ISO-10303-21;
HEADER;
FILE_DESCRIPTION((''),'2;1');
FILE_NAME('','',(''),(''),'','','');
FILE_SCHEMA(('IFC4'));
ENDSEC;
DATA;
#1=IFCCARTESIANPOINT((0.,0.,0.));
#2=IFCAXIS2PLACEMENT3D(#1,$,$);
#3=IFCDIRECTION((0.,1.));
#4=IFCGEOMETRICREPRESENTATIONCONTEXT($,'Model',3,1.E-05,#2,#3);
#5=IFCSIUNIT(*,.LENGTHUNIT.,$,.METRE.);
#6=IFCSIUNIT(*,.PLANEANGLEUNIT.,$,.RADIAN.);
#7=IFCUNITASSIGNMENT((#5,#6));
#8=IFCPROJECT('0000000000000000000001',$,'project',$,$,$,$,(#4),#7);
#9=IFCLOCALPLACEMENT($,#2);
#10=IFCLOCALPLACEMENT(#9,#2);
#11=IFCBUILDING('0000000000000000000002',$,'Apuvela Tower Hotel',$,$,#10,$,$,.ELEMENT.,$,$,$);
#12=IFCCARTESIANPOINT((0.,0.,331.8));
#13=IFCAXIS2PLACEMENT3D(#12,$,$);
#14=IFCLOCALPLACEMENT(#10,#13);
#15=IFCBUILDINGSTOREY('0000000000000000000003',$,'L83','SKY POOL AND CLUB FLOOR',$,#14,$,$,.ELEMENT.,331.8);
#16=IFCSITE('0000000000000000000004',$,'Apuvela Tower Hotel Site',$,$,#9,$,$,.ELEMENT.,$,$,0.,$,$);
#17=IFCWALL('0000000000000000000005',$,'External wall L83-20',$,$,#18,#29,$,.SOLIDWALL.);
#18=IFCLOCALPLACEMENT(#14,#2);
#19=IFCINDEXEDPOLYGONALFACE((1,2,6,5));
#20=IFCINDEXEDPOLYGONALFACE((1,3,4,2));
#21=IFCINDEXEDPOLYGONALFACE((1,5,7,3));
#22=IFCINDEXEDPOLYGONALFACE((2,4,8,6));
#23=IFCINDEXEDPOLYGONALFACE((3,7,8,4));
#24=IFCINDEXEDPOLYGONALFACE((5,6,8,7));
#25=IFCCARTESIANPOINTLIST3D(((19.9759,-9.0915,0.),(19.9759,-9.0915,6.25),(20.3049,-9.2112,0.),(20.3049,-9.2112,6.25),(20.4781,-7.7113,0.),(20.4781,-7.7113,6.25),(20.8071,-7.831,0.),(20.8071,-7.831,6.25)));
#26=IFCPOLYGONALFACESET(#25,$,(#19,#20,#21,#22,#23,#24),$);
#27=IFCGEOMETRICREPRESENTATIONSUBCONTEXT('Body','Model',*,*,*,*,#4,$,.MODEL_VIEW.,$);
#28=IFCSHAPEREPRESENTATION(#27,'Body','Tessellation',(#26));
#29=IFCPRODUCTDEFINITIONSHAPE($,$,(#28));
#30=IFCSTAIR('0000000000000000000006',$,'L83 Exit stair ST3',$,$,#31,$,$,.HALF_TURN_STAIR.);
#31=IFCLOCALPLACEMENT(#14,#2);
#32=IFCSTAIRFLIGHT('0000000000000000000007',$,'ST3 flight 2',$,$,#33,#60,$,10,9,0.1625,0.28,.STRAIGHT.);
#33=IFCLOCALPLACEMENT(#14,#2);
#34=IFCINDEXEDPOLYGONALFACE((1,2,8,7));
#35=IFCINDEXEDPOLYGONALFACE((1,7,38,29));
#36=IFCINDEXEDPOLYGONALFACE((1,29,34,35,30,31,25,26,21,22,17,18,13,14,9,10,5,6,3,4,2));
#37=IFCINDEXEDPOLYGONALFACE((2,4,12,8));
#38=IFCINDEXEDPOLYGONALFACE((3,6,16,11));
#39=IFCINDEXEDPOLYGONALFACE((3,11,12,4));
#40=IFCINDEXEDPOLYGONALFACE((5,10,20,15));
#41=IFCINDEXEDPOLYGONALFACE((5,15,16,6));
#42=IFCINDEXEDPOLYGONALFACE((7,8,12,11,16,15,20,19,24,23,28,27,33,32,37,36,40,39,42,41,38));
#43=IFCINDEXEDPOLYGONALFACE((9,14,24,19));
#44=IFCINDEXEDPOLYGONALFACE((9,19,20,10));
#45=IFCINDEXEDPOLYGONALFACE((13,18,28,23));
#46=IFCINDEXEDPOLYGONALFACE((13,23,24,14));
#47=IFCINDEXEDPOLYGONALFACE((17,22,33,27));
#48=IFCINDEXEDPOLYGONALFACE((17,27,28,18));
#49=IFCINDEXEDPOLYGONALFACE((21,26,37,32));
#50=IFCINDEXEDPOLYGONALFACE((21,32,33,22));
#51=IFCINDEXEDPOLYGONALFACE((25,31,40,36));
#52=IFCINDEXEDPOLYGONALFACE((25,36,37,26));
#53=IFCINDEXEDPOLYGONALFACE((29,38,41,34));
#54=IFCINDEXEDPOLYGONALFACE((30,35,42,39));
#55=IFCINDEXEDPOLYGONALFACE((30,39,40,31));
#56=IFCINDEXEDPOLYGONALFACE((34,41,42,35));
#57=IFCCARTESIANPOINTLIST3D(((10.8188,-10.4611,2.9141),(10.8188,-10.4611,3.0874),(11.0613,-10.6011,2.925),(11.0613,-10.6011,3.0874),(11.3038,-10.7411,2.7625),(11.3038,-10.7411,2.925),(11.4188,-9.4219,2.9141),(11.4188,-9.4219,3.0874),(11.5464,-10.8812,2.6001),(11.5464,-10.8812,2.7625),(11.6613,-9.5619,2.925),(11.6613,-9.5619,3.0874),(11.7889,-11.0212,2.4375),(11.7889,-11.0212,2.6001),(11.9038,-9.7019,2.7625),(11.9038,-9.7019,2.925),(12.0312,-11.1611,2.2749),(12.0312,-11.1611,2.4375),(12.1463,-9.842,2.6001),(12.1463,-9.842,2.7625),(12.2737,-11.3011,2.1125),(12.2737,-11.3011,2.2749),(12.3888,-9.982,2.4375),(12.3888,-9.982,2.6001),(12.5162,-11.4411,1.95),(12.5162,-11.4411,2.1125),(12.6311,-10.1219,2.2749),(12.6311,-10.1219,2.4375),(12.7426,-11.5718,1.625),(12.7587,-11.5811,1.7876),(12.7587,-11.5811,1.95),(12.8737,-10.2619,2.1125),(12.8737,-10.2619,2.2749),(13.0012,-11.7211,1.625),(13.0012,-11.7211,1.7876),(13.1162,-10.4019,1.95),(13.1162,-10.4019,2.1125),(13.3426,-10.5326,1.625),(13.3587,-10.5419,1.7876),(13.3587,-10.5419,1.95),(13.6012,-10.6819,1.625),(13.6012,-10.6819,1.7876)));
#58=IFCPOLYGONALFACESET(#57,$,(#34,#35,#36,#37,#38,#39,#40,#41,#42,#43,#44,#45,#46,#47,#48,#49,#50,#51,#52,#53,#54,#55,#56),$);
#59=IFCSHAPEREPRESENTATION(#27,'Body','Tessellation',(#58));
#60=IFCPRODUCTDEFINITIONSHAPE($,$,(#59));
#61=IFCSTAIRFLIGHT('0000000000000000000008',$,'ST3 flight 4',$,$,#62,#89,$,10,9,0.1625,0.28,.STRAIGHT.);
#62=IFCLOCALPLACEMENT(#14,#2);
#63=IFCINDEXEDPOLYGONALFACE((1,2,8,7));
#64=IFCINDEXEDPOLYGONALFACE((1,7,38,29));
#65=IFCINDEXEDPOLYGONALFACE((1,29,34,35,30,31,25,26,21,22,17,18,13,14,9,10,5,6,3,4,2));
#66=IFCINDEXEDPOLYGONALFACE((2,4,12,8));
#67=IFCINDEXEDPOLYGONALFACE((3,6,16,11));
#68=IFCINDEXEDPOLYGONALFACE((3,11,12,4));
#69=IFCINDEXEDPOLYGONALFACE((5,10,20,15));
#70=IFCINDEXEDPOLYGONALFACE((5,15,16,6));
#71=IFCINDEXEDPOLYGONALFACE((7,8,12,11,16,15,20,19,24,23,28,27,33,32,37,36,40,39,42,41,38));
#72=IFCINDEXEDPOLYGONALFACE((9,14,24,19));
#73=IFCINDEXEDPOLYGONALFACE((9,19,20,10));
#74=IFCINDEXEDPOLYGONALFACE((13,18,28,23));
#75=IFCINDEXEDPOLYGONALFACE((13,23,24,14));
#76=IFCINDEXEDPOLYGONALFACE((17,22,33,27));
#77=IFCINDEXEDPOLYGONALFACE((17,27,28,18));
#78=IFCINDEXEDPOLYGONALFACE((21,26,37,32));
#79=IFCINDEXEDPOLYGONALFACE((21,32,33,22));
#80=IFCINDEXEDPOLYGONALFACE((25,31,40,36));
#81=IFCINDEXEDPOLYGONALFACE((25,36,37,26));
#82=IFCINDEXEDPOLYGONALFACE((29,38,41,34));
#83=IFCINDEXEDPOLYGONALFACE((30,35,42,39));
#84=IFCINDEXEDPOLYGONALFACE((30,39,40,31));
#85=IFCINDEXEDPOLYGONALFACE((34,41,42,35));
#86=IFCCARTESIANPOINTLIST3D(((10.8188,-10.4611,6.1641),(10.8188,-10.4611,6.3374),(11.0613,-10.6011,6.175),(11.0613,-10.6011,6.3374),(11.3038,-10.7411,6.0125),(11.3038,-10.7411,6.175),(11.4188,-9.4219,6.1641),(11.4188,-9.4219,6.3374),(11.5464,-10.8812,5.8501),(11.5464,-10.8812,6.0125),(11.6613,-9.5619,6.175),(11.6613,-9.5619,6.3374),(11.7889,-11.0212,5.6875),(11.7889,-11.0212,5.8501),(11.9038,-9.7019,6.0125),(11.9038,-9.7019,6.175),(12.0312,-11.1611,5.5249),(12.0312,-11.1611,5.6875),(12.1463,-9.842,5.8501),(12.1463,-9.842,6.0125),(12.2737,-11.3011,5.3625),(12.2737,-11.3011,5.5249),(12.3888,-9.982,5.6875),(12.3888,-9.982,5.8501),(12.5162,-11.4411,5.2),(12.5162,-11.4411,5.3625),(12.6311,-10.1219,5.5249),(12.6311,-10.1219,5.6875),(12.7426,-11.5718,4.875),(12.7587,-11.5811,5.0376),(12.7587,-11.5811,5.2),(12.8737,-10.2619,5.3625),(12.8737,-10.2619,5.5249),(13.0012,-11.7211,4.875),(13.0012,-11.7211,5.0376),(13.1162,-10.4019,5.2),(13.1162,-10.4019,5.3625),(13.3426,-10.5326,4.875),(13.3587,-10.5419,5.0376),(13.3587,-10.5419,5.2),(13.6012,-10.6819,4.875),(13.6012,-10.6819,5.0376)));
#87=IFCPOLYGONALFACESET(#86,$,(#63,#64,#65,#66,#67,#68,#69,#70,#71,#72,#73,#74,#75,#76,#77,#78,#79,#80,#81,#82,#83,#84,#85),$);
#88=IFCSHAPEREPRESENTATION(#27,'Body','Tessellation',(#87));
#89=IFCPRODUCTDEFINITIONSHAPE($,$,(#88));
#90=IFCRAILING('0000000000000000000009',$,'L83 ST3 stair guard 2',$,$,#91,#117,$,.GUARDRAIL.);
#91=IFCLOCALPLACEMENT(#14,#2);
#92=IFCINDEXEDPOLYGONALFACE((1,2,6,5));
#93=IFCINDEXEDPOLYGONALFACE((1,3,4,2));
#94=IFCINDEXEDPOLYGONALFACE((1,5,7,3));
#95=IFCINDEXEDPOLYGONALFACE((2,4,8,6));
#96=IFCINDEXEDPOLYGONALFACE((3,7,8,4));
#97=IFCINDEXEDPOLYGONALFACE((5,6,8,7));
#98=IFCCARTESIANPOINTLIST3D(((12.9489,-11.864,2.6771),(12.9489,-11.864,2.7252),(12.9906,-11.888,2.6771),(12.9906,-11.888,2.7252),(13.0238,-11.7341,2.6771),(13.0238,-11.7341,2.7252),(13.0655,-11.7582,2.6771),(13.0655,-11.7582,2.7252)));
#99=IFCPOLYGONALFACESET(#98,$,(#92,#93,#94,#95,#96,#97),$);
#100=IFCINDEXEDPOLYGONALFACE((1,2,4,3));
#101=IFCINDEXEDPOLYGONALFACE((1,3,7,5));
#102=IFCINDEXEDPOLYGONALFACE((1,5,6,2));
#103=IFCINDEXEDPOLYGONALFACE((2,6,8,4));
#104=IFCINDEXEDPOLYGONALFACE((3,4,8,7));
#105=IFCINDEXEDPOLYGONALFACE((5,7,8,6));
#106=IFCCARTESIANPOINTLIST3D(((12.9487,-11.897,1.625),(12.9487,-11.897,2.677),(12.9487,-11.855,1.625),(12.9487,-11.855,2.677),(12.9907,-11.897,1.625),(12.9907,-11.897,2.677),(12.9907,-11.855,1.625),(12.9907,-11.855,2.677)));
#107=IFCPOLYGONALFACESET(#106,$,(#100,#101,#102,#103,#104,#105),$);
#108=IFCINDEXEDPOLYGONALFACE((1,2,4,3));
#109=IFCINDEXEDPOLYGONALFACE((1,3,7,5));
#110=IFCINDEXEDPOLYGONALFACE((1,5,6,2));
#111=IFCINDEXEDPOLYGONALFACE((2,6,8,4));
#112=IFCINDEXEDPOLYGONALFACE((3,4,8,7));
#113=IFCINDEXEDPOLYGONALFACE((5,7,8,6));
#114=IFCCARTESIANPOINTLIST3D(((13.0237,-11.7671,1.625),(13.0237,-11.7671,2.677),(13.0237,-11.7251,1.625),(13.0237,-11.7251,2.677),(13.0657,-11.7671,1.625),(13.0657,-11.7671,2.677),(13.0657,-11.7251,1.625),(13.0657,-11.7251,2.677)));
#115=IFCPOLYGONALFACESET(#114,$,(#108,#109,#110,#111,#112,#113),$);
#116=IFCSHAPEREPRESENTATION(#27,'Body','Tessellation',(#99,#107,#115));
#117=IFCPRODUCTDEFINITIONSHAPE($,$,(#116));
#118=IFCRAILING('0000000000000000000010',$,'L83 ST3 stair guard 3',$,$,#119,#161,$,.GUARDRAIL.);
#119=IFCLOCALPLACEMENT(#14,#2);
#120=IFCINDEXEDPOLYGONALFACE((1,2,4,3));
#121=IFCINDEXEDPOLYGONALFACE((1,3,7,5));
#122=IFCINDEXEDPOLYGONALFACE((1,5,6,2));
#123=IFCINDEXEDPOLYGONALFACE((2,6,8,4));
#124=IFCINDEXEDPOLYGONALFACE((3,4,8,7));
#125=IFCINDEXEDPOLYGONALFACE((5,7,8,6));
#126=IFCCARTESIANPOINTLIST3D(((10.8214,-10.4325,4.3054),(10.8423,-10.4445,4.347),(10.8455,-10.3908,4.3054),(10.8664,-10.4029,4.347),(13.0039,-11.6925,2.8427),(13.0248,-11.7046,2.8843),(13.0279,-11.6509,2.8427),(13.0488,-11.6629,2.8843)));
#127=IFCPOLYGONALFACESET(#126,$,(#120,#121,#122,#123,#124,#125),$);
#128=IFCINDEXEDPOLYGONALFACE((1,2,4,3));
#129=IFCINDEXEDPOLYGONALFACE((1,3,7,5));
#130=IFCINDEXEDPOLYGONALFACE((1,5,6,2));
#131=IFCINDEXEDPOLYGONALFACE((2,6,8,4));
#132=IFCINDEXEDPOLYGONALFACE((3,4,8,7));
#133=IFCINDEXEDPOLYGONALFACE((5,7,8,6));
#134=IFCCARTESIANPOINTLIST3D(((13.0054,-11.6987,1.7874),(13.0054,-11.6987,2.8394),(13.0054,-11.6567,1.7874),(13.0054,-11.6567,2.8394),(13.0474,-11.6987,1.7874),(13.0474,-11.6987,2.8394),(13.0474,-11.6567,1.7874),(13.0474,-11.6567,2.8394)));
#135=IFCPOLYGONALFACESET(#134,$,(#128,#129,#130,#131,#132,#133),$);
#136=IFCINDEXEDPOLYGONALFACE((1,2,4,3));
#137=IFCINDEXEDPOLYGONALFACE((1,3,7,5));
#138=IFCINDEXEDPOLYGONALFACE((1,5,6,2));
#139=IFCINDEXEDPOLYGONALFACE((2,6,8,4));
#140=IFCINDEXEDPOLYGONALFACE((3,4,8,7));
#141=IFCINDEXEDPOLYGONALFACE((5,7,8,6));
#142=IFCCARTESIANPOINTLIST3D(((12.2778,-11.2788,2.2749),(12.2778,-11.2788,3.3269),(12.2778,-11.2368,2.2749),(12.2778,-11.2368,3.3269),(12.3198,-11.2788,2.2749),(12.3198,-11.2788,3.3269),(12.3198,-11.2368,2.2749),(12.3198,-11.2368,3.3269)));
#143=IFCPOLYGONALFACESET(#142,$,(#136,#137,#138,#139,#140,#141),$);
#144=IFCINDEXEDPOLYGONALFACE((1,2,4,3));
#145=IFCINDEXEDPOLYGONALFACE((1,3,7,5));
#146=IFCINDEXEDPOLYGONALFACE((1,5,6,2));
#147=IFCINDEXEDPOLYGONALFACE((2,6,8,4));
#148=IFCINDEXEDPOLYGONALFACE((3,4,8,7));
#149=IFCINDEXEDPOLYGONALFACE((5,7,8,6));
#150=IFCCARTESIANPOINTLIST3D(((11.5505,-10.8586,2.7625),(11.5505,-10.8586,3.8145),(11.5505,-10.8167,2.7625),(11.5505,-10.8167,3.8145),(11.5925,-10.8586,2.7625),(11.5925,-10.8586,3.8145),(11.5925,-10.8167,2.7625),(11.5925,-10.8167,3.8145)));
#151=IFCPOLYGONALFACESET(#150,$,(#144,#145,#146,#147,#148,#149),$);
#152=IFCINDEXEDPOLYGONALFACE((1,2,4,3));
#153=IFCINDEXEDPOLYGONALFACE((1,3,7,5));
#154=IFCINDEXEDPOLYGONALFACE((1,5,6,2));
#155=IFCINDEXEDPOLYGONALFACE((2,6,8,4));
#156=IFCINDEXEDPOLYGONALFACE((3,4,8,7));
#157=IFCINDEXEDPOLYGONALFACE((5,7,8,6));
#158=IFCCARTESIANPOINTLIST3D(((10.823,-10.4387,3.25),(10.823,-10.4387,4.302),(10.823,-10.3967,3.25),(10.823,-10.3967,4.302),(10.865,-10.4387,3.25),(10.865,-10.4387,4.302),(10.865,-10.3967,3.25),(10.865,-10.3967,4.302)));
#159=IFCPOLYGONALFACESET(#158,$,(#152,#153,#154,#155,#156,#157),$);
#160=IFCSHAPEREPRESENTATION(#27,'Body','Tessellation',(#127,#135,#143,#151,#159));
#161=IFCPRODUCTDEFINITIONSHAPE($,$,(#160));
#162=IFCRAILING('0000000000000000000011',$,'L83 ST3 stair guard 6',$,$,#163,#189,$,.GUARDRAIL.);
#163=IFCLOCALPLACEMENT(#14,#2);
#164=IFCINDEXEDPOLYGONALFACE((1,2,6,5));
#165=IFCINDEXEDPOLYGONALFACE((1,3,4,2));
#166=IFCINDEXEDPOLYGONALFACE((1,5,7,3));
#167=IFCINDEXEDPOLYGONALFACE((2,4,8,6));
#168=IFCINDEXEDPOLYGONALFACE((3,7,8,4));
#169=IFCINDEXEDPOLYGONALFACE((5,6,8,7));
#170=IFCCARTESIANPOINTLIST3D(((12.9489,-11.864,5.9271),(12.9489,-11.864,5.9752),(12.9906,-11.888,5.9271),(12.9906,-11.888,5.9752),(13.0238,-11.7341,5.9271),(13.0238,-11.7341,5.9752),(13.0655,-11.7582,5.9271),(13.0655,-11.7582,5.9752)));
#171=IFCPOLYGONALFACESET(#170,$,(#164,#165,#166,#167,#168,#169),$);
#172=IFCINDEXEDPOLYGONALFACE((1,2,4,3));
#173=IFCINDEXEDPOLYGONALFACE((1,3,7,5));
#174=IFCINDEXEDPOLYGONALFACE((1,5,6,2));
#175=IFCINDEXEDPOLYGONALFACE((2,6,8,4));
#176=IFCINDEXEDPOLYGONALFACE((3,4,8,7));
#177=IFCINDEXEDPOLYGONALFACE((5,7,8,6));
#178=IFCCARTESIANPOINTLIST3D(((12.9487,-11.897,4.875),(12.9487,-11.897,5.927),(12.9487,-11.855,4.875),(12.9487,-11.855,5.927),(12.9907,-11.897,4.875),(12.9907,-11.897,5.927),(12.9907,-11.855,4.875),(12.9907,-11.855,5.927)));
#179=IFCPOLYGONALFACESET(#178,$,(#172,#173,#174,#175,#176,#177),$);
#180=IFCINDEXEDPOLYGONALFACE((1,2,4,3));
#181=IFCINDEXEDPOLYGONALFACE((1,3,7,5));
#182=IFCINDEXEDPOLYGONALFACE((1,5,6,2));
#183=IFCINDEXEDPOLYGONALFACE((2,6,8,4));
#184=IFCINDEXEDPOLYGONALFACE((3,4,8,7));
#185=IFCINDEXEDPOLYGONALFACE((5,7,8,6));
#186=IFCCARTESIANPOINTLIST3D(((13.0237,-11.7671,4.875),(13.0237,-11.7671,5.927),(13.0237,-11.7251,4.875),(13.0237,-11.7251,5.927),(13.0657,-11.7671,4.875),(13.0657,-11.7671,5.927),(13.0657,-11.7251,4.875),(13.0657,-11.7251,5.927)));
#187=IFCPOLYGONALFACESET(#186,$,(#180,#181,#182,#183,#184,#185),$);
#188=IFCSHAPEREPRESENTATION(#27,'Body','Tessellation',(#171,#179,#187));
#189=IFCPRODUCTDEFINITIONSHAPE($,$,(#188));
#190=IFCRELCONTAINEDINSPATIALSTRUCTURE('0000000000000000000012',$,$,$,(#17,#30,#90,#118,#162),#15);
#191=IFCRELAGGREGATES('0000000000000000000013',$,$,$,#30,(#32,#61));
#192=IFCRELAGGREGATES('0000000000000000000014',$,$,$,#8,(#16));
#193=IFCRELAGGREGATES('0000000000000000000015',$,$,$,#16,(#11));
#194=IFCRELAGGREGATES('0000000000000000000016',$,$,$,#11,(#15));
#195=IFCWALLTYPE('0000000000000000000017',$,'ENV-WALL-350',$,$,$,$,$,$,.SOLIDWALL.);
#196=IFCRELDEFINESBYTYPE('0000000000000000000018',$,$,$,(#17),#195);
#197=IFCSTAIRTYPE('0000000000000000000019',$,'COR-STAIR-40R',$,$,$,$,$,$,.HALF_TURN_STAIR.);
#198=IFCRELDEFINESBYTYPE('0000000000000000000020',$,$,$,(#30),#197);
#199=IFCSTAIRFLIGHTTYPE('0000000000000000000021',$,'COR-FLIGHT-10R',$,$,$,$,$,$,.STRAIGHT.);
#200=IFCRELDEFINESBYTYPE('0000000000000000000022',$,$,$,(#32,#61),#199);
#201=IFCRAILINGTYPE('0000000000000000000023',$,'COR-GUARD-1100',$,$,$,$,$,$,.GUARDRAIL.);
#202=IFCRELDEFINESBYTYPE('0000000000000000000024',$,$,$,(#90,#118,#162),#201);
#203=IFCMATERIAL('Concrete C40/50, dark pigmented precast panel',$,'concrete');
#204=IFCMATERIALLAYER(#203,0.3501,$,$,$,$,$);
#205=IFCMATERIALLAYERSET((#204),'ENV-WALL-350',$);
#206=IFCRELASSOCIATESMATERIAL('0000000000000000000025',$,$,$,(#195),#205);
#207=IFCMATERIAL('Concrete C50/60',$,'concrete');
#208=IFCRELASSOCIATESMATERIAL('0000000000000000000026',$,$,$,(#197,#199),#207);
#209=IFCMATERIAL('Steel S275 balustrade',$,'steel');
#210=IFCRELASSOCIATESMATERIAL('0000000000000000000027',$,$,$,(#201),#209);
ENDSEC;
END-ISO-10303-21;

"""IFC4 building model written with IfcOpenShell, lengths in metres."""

from ifc_helpers import new_model, si_unit, direction, frame, frame_2d, origin, origin_2d, place, context, subcontext, project, spatial, polyline, rectangle, outline, extrude, material, layer, layer_set, type_object, element, aggregate, save


model = new_model("IFC4")

# Units and contexts
model_context = context("Model", 3, precision=1e-05, world=origin(), true_north=direction((0.0, 1.0)))
body_context = subcontext(model_context, "Body", "Model", "MODEL_VIEW")
ifc_project = project(units=[si_unit("LENGTHUNIT", "METRE"), si_unit("PLANEANGLEUNIT", "RADIAN")], contexts=[model_context])

# Site, building, storey
site_placement = place(None, origin())
site = spatial("IfcSite", under=ifc_project, at=site_placement, Name="Apuvela Tower Hotel Site", CompositionType="ELEMENT", RefElevation=0.0)
building_placement = place(site_placement, origin())
building = spatial("IfcBuilding", under=site, at=building_placement, Name="Apuvela Tower Hotel", CompositionType="ELEMENT")
storey_placement = place(building_placement, frame((0.0, 0.0, 331.8)))
storey = spatial("IfcBuildingStorey", under=building, at=storey_placement, Name="L83", Description="SKY POOL AND CLUB FLOOR", CompositionType="ELEMENT", Elevation=331.8)

# Shared definitions
ifc_material_1 = material(Name="Concrete C50/60", Category="concrete")

# Wall
ifc_material_2 = material(Name="Concrete C40/50, dark pigmented precast panel", Category="concrete")
ifc_layer_1 = layer(ifc_material_2, 0.3501)
ifc_layer_set_1 = layer_set([ifc_layer_1], Name="ENV-WALL-350")
wall_type_1 = type_object("IfcWallType", Name="ENV-WALL-350", PredefinedType="SOLIDWALL", material=ifc_layer_set_1)
wall_1_placement = place(storey_placement, frame((20.1404, -9.1514, 0.0), z_axis=(0.0, 0.0, 1.0), x_axis=(0.341943, 0.939721, 0.0)))
element("IfcWall", 1, at=wall_1_placement, inside=storey, type_object=wall_type_1, Name="External wall L83-20", PredefinedType="SOLIDWALL", context=body_context, shape_type="SweptSolid", body=[
    extrude(rectangle(XDim=1.4688, YDim=0.3501, at=frame_2d((0.7344, 0.0))), origin(), (0.0, 0.0, 1.0), 6.25),
])

# Stair, stair flights
stair_type = type_object("IfcStairType", Name="COR-STAIR-40R", PredefinedType="HALF_TURN_STAIR", material=ifc_material_1)
stair_placement = place(storey_placement, origin())
stair = element("IfcStair", 2, at=stair_placement, inside=storey, type_object=stair_type, Name="L83 Exit stair ST3", PredefinedType="HALF_TURN_STAIR")
stair_flight_type = type_object("IfcStairFlightType", Name="COR-FLIGHT-10R", PredefinedType="STRAIGHT", material=ifc_material_1)
stair_flight_1_placement = place(storey_placement, frame((13.3013, -11.2014, 1.625), z_axis=(0.0, 0.0, 1.0), x_axis=(-0.866025, 0.5, 0.0)))
stair_flight_1 = element("IfcStairFlight", 3, at=stair_flight_1_placement, type_object=stair_flight_type, Name="ST3 flight 2", NumberOfRisers=10, NumberOfTreads=9, PredefinedType="STRAIGHT", RiserHeight=0.1625, TreadLength=0.28, context=body_context, shape_type="SweptSolid", body=[
    extrude(outline(polyline([(0.0, 0.0), (0.0, 0.1626), (0.28, 0.1626), (0.28, 0.325), (0.5601, 0.325), (0.5601, 0.4875), (0.8401, 0.4875), (0.8401, 0.6499), (1.1201, 0.6499), (1.1201, 0.8125), (1.3999, 0.8125), (1.3999, 0.9751), (1.6799, 0.9751), (1.6799, 1.1375), (1.96, 1.1375), (1.96, 1.3), (2.24, 1.3), (2.24, 1.4624), (2.52, 1.4624), (2.52, 1.625), (2.52, 1.2891), (0.2986, 0.0), (0.0, 0.0)])), frame((0.0, 0.6001, 0.0), z_axis=(0.0, -1.0, 0.0), x_axis=(1.0, 0.0, 0.0)), (0.0, 0.0, 1.0), 1.2),
])
stair_flight_2_placement = place(storey_placement, frame((13.3013, -11.2014, 4.875), z_axis=(0.0, 0.0, 1.0), x_axis=(-0.866025, 0.5, 0.0)))
stair_flight_2 = element("IfcStairFlight", 4, at=stair_flight_2_placement, type_object=stair_flight_type, Name="ST3 flight 4", NumberOfRisers=10, NumberOfTreads=9, PredefinedType="STRAIGHT", RiserHeight=0.1625, TreadLength=0.28, context=body_context, shape_type="SweptSolid", body=[
    extrude(outline(polyline([(0.0, 0.0), (0.0, 0.1626), (0.28, 0.1626), (0.28, 0.325), (0.5601, 0.325), (0.5601, 0.4875), (0.8401, 0.4875), (0.8401, 0.6499), (1.1201, 0.6499), (1.1201, 0.8125), (1.3999, 0.8125), (1.3999, 0.9751), (1.6799, 0.9751), (1.6799, 1.1375), (1.96, 1.1375), (1.96, 1.3), (2.24, 1.3), (2.24, 1.4624), (2.52, 1.4624), (2.52, 1.625), (2.52, 1.2891), (0.2986, 0.0), (0.0, 0.0)])), frame((0.0, 0.6001, 0.0), z_axis=(0.0, -1.0, 0.0), x_axis=(1.0, 0.0, 0.0)), (0.0, 0.0, 1.0), 1.2),
])
aggregate(stair, [stair_flight_1, stair_flight_2])

# Railings
ifc_material_3 = material(Name="Steel S275 balustrade", Category="steel")
railing_type_1 = type_object("IfcRailingType", Name="COR-GUARD-1100", PredefinedType="GUARDRAIL", material=ifc_material_3)
railing_1_placement = place(storey_placement, frame((12.9697, -11.876, 1.625)))
element("IfcRailing", 5, at=railing_1_placement, inside=storey, type_object=railing_type_1, Name="L83 ST3 stair guard 2", PredefinedType="GUARDRAIL", context=body_context, shape_type="SweptSolid", body=[
    extrude(rectangle(XDim=0.0481, YDim=0.0481, at=origin_2d()), frame((0.0, 0.0, 1.0762), z_axis=(0.499816, 0.866131, 0.0), x_axis=(-0.866131, 0.499816, 0.0)), (0.0, 0.0, 1.0), 0.1499),
    extrude(rectangle(XDim=0.042, YDim=0.042, at=origin_2d()), origin(), (0.0, 0.0, 1.0), 1.052),
    extrude(rectangle(XDim=0.042, YDim=0.042, at=origin_2d()), frame((0.075, 0.1299, 0.0)), (0.0, 0.0, 1.0), 1.052),
])
railing_2_placement = place(storey_placement, frame((13.0264, -11.6777, 1.7874)))
element("IfcRailing", 6, at=railing_2_placement, inside=storey, type_object=railing_type_1, Name="L83 ST3 stair guard 3", PredefinedType="GUARDRAIL", context=body_context, shape_type="SweptSolid", body=[
    extrude(rectangle(XDim=0.0481, YDim=0.0481, at=origin_2d()), frame((0.0, 0.0, 1.0762), z_axis=(-0.749001, 0.432442, 0.501988), x_axis=(-0.500005, -0.866023, 0.0)), (0.0, 0.0, 1.0), 2.9138),
    extrude(rectangle(XDim=0.042, YDim=0.042, at=origin_2d()), origin(), (0.0, 0.0, 1.0), 1.052),
    extrude(rectangle(XDim=0.042, YDim=0.042, at=origin_2d()), frame((-0.7275, 0.4199, 0.4875)), (0.0, 0.0, 1.0), 1.052),
    extrude(rectangle(XDim=0.042, YDim=0.042, at=origin_2d()), frame((-1.4548, 0.8401, 0.9751)), (0.0, 0.0, 1.0), 1.052),
    extrude(rectangle(XDim=0.042, YDim=0.042, at=origin_2d()), frame((-2.1824, 1.26, 1.4626)), (0.0, 0.0, 1.0), 1.052),
])
railing_3_placement = place(storey_placement, frame((12.9697, -11.876, 4.875)))
element("IfcRailing", 7, at=railing_3_placement, inside=storey, type_object=railing_type_1, Name="L83 ST3 stair guard 6", PredefinedType="GUARDRAIL", context=body_context, shape_type="SweptSolid", body=[
    extrude(rectangle(XDim=0.0481, YDim=0.0481, at=origin_2d()), frame((0.0, 0.0, 1.0762), z_axis=(0.499816, 0.866131, 0.0), x_axis=(-0.866131, 0.499816, 0.0)), (0.0, 0.0, 1.0), 0.1499),
    extrude(rectangle(XDim=0.042, YDim=0.042, at=origin_2d()), origin(), (0.0, 0.0, 1.0), 1.052),
    extrude(rectangle(XDim=0.042, YDim=0.042, at=origin_2d()), frame((0.075, 0.1299, 0.0)), (0.0, 0.0, 1.0), 1.052),
])

save(model, "model.ifc")
